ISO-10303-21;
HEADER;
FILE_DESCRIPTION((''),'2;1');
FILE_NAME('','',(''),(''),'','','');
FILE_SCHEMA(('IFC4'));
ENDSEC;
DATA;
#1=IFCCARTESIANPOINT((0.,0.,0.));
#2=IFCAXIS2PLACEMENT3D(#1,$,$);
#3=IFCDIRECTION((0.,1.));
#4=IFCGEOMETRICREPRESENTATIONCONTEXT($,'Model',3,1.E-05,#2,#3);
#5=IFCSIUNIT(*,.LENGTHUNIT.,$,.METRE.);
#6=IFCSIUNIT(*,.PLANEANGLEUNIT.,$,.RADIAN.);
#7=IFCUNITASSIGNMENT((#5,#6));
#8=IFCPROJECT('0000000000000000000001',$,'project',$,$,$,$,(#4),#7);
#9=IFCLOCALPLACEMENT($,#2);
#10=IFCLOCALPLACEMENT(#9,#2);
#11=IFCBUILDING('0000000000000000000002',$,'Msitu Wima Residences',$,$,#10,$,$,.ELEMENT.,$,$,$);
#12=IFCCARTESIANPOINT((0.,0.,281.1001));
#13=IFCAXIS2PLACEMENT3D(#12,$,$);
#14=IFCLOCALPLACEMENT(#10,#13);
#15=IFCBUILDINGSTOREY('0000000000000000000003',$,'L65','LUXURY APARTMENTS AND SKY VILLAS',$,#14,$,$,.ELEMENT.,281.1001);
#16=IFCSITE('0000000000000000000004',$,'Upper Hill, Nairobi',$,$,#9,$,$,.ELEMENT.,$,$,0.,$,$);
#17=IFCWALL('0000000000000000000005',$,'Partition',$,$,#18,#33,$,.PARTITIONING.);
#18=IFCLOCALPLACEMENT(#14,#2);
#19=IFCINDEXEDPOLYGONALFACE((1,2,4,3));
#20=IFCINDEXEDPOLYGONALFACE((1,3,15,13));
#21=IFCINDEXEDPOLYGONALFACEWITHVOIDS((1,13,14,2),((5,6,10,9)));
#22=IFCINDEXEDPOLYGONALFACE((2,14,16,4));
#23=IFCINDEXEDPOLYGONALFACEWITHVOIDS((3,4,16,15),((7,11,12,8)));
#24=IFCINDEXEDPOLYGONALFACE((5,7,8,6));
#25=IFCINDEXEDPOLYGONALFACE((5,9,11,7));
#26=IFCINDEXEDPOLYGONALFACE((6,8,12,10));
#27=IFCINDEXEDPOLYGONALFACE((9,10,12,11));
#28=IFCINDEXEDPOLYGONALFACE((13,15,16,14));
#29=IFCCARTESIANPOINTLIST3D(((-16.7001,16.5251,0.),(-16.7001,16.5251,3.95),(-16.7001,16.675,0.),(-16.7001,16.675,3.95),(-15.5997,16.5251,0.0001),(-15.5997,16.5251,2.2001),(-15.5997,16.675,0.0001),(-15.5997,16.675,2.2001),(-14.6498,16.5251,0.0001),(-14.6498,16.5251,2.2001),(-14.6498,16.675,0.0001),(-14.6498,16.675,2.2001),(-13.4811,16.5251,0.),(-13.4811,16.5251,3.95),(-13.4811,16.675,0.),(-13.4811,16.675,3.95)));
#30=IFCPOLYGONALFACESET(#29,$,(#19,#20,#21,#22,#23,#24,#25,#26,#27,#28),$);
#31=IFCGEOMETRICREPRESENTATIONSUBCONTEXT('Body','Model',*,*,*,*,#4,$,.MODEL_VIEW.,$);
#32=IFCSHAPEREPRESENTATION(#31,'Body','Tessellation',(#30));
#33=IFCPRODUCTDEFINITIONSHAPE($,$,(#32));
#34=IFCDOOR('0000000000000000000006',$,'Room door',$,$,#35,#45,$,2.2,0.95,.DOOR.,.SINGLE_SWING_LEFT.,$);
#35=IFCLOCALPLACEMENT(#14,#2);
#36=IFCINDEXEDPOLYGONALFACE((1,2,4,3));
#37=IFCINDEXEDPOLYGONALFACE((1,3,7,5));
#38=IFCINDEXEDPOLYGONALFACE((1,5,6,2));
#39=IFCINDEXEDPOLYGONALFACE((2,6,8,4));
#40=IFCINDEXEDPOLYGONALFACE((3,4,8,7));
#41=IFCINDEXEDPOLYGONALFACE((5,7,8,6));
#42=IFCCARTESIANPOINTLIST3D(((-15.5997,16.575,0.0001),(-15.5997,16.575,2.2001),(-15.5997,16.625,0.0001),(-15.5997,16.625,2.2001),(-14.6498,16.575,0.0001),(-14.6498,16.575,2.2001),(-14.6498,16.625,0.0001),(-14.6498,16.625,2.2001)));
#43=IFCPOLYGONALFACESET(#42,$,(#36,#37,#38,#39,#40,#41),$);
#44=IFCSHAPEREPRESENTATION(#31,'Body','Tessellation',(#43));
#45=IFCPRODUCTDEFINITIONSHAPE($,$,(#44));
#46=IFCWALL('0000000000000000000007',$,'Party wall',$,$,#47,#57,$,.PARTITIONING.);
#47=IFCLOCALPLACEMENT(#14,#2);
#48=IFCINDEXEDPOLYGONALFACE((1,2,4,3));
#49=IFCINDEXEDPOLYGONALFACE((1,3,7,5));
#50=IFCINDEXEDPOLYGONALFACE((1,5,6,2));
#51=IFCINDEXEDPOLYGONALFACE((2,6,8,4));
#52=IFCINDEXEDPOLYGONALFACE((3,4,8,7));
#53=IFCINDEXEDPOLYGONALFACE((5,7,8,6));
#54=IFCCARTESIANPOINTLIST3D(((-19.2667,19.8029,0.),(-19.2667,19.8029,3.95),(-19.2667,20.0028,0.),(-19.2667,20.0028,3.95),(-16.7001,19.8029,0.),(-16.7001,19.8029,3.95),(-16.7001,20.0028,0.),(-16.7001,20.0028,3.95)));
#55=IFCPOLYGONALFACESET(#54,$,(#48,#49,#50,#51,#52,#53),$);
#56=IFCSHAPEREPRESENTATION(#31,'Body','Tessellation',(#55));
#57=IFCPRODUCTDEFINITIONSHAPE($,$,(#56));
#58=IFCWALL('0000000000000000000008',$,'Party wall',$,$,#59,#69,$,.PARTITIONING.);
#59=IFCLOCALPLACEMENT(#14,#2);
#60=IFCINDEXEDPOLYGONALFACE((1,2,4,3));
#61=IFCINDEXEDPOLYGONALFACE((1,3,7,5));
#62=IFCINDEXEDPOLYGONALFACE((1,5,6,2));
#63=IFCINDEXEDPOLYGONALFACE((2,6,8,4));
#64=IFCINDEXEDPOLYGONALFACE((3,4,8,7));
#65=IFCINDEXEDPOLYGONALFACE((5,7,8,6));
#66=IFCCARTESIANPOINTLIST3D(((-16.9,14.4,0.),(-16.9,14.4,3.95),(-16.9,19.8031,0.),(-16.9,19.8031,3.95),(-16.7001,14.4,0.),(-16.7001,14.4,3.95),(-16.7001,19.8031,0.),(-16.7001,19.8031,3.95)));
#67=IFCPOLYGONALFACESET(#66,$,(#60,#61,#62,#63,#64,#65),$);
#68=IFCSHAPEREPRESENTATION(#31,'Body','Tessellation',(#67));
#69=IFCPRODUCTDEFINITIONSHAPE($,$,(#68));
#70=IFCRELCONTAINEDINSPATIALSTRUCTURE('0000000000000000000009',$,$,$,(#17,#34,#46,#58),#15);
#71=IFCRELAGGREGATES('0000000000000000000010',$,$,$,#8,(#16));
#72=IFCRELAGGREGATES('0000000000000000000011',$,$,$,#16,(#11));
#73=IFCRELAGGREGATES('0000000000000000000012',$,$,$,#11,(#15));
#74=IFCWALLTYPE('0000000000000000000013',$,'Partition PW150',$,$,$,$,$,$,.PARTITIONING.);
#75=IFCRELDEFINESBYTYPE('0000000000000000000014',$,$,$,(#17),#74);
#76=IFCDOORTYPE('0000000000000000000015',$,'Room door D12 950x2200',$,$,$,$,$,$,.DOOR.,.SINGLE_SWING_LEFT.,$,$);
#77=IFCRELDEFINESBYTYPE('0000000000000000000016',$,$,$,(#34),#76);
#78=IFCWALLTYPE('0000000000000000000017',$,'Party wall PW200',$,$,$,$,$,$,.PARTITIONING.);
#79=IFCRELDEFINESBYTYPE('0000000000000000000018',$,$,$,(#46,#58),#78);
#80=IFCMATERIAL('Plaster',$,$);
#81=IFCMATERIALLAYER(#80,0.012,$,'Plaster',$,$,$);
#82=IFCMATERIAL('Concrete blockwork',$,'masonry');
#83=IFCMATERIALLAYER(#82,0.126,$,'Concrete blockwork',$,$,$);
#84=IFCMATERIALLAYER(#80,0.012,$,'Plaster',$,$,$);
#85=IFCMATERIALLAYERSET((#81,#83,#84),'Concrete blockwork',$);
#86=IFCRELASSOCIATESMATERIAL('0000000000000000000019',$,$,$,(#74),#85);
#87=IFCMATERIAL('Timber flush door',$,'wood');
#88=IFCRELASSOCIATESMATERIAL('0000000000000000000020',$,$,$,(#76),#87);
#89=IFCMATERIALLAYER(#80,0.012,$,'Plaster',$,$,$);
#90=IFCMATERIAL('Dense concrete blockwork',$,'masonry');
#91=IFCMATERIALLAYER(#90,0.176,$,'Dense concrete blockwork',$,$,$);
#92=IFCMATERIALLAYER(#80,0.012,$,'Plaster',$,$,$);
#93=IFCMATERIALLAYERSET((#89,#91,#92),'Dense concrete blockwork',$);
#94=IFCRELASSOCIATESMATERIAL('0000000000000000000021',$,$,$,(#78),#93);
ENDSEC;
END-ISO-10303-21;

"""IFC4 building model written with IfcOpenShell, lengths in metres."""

from ifc_helpers import new_model, si_unit, direction, frame, frame_2d, origin, place, context, subcontext, project, spatial, rectangle, extrude, material, layer, layer_set, type_object, element, fill, save


model = new_model("IFC4")

# Units and contexts
model_context = context("Model", 3, precision=1e-05, world=origin(), true_north=direction((0.0, 1.0)))
body_context = subcontext(model_context, "Body", "Model", "MODEL_VIEW")
ifc_project = project(units=[si_unit("LENGTHUNIT", "METRE"), si_unit("PLANEANGLEUNIT", "RADIAN")], contexts=[model_context])

# Site, building, storey
site_placement = place(None, origin())
site = spatial("IfcSite", under=ifc_project, at=site_placement, Name="Upper Hill, Nairobi", CompositionType="ELEMENT", RefElevation=0.0)
building_placement = place(site_placement, origin())
building = spatial("IfcBuilding", under=site, at=building_placement, Name="Msitu Wima Residences", CompositionType="ELEMENT")
storey_placement = place(building_placement, frame((0.0, 0.0, 281.1001)))
storey = spatial("IfcBuildingStorey", under=building, at=storey_placement, Name="L65", Description="LUXURY APARTMENTS AND SKY VILLAS", CompositionType="ELEMENT", Elevation=281.1001)

# Shared definitions
ifc_material_1 = material(Name="Plaster")
ifc_material_2 = material(Name="Concrete blockwork", Category="masonry")

# Shared definitions
ifc_layer_1 = layer(ifc_material_1, 0.012, Name="Plaster")
ifc_layer_2 = layer(ifc_material_2, 0.126, Name="Concrete blockwork")
ifc_layer_3 = layer(ifc_material_1, 0.012, Name="Plaster")
ifc_layer_set_1 = layer_set([ifc_layer_1, ifc_layer_2, ifc_layer_3], Name="Concrete blockwork")
wall_type_1 = type_object("IfcWallType", Name="Partition PW150", PredefinedType="PARTITIONING", material=ifc_layer_set_1)

# Wall, opening, door
wall_1_placement = place(storey_placement, frame((-16.7, 16.6001, 0.0), z_axis=(0.0, 0.0, 1.0), x_axis=(1.0, 0.0, 0.0)))
wall_1 = element("IfcWall", 1, at=wall_1_placement, inside=storey, type_object=wall_type_1, Name="Partition", PredefinedType="PARTITIONING", context=body_context, shape_type="SweptSolid", body=[
    extrude(rectangle(XDim=3.219, YDim=0.1499, at=frame_2d((1.6094, 0.0))), origin(), (0.0, 0.0, 1.0), 3.95),
])
opening_1_placement = place(wall_1_placement, frame((1.1001, 0.0, 0.0)))
opening_1 = element("IfcOpeningElement", 2, at=opening_1_placement, cuts=wall_1, PredefinedType="OPENING", context=body_context, shape_type="SweptSolid", body=[
    extrude(rectangle(XDim=0.95, YDim=2.2, at=frame_2d((0.4751, 1.1001))), frame((0.0, 0.085, 0.0), z_axis=(0.0, -1.0, 0.0), x_axis=(1.0, 0.0, 0.0)), (0.0, 0.0, 1.0), 0.1699),
])
ifc_material_3 = material(Name="Timber flush door", Category="wood")
door_type_1 = type_object("IfcDoorType", Name="Room door D12 950x2200", OperationType="SINGLE_SWING_LEFT", PredefinedType="DOOR", material=ifc_material_3)
door_1_placement = place(opening_1_placement, origin())
door_1 = element("IfcDoor", 3, at=door_1_placement, inside=storey, type_object=door_type_1, Name="Room door", OperationType="SINGLE_SWING_LEFT", OverallHeight=2.2, OverallWidth=0.95, PredefinedType="DOOR", context=body_context, shape_type="SweptSolid", body=[
    extrude(rectangle(XDim=0.95, YDim=2.2, at=frame_2d((0.4751, 1.1001))), frame((0.0, 0.0249, 0.0), z_axis=(0.0, -1.0, 0.0), x_axis=(1.0, 0.0, 0.0)), (0.0, 0.0, 1.0), 0.05),
])
fill(opening_1, door_1)

# Walls
ifc_layer_4 = layer(ifc_material_1, 0.012, Name="Plaster")
ifc_material_4 = material(Name="Dense concrete blockwork", Category="masonry")
ifc_layer_5 = layer(ifc_material_4, 0.176, Name="Dense concrete blockwork")
ifc_layer_6 = layer(ifc_material_1, 0.012, Name="Plaster")
ifc_layer_set_2 = layer_set([ifc_layer_4, ifc_layer_5, ifc_layer_6], Name="Dense concrete blockwork")
wall_type_2 = type_object("IfcWallType", Name="Party wall PW200", PredefinedType="PARTITIONING", material=ifc_layer_set_2)
wall_2_placement = place(storey_placement, frame((-19.2666, 19.9028, 0.0), z_axis=(0.0, 0.0, 1.0), x_axis=(1.0, 0.0, 0.0)))
element("IfcWall", 4, at=wall_2_placement, inside=storey, type_object=wall_type_2, Name="Party wall", PredefinedType="PARTITIONING", context=body_context, shape_type="SweptSolid", body=[
    extrude(rectangle(XDim=2.5667, YDim=0.2, at=frame_2d((1.2832, 0.0))), origin(), (0.0, 0.0, 1.0), 3.95),
])
wall_3_placement = place(storey_placement, frame((-16.8, 14.3999, 0.0), z_axis=(0.0, 0.0, 1.0), x_axis=(0.0, 1.0, 0.0)))
element("IfcWall", 5, at=wall_3_placement, inside=storey, type_object=wall_type_2, Name="Party wall", PredefinedType="PARTITIONING", context=body_context, shape_type="SweptSolid", body=[
    extrude(rectangle(XDim=5.4031, YDim=0.2, at=frame_2d((2.7017, 0.0))), origin(), (0.0, 0.0, 1.0), 3.95),
])

save(model, "model.ifc")
